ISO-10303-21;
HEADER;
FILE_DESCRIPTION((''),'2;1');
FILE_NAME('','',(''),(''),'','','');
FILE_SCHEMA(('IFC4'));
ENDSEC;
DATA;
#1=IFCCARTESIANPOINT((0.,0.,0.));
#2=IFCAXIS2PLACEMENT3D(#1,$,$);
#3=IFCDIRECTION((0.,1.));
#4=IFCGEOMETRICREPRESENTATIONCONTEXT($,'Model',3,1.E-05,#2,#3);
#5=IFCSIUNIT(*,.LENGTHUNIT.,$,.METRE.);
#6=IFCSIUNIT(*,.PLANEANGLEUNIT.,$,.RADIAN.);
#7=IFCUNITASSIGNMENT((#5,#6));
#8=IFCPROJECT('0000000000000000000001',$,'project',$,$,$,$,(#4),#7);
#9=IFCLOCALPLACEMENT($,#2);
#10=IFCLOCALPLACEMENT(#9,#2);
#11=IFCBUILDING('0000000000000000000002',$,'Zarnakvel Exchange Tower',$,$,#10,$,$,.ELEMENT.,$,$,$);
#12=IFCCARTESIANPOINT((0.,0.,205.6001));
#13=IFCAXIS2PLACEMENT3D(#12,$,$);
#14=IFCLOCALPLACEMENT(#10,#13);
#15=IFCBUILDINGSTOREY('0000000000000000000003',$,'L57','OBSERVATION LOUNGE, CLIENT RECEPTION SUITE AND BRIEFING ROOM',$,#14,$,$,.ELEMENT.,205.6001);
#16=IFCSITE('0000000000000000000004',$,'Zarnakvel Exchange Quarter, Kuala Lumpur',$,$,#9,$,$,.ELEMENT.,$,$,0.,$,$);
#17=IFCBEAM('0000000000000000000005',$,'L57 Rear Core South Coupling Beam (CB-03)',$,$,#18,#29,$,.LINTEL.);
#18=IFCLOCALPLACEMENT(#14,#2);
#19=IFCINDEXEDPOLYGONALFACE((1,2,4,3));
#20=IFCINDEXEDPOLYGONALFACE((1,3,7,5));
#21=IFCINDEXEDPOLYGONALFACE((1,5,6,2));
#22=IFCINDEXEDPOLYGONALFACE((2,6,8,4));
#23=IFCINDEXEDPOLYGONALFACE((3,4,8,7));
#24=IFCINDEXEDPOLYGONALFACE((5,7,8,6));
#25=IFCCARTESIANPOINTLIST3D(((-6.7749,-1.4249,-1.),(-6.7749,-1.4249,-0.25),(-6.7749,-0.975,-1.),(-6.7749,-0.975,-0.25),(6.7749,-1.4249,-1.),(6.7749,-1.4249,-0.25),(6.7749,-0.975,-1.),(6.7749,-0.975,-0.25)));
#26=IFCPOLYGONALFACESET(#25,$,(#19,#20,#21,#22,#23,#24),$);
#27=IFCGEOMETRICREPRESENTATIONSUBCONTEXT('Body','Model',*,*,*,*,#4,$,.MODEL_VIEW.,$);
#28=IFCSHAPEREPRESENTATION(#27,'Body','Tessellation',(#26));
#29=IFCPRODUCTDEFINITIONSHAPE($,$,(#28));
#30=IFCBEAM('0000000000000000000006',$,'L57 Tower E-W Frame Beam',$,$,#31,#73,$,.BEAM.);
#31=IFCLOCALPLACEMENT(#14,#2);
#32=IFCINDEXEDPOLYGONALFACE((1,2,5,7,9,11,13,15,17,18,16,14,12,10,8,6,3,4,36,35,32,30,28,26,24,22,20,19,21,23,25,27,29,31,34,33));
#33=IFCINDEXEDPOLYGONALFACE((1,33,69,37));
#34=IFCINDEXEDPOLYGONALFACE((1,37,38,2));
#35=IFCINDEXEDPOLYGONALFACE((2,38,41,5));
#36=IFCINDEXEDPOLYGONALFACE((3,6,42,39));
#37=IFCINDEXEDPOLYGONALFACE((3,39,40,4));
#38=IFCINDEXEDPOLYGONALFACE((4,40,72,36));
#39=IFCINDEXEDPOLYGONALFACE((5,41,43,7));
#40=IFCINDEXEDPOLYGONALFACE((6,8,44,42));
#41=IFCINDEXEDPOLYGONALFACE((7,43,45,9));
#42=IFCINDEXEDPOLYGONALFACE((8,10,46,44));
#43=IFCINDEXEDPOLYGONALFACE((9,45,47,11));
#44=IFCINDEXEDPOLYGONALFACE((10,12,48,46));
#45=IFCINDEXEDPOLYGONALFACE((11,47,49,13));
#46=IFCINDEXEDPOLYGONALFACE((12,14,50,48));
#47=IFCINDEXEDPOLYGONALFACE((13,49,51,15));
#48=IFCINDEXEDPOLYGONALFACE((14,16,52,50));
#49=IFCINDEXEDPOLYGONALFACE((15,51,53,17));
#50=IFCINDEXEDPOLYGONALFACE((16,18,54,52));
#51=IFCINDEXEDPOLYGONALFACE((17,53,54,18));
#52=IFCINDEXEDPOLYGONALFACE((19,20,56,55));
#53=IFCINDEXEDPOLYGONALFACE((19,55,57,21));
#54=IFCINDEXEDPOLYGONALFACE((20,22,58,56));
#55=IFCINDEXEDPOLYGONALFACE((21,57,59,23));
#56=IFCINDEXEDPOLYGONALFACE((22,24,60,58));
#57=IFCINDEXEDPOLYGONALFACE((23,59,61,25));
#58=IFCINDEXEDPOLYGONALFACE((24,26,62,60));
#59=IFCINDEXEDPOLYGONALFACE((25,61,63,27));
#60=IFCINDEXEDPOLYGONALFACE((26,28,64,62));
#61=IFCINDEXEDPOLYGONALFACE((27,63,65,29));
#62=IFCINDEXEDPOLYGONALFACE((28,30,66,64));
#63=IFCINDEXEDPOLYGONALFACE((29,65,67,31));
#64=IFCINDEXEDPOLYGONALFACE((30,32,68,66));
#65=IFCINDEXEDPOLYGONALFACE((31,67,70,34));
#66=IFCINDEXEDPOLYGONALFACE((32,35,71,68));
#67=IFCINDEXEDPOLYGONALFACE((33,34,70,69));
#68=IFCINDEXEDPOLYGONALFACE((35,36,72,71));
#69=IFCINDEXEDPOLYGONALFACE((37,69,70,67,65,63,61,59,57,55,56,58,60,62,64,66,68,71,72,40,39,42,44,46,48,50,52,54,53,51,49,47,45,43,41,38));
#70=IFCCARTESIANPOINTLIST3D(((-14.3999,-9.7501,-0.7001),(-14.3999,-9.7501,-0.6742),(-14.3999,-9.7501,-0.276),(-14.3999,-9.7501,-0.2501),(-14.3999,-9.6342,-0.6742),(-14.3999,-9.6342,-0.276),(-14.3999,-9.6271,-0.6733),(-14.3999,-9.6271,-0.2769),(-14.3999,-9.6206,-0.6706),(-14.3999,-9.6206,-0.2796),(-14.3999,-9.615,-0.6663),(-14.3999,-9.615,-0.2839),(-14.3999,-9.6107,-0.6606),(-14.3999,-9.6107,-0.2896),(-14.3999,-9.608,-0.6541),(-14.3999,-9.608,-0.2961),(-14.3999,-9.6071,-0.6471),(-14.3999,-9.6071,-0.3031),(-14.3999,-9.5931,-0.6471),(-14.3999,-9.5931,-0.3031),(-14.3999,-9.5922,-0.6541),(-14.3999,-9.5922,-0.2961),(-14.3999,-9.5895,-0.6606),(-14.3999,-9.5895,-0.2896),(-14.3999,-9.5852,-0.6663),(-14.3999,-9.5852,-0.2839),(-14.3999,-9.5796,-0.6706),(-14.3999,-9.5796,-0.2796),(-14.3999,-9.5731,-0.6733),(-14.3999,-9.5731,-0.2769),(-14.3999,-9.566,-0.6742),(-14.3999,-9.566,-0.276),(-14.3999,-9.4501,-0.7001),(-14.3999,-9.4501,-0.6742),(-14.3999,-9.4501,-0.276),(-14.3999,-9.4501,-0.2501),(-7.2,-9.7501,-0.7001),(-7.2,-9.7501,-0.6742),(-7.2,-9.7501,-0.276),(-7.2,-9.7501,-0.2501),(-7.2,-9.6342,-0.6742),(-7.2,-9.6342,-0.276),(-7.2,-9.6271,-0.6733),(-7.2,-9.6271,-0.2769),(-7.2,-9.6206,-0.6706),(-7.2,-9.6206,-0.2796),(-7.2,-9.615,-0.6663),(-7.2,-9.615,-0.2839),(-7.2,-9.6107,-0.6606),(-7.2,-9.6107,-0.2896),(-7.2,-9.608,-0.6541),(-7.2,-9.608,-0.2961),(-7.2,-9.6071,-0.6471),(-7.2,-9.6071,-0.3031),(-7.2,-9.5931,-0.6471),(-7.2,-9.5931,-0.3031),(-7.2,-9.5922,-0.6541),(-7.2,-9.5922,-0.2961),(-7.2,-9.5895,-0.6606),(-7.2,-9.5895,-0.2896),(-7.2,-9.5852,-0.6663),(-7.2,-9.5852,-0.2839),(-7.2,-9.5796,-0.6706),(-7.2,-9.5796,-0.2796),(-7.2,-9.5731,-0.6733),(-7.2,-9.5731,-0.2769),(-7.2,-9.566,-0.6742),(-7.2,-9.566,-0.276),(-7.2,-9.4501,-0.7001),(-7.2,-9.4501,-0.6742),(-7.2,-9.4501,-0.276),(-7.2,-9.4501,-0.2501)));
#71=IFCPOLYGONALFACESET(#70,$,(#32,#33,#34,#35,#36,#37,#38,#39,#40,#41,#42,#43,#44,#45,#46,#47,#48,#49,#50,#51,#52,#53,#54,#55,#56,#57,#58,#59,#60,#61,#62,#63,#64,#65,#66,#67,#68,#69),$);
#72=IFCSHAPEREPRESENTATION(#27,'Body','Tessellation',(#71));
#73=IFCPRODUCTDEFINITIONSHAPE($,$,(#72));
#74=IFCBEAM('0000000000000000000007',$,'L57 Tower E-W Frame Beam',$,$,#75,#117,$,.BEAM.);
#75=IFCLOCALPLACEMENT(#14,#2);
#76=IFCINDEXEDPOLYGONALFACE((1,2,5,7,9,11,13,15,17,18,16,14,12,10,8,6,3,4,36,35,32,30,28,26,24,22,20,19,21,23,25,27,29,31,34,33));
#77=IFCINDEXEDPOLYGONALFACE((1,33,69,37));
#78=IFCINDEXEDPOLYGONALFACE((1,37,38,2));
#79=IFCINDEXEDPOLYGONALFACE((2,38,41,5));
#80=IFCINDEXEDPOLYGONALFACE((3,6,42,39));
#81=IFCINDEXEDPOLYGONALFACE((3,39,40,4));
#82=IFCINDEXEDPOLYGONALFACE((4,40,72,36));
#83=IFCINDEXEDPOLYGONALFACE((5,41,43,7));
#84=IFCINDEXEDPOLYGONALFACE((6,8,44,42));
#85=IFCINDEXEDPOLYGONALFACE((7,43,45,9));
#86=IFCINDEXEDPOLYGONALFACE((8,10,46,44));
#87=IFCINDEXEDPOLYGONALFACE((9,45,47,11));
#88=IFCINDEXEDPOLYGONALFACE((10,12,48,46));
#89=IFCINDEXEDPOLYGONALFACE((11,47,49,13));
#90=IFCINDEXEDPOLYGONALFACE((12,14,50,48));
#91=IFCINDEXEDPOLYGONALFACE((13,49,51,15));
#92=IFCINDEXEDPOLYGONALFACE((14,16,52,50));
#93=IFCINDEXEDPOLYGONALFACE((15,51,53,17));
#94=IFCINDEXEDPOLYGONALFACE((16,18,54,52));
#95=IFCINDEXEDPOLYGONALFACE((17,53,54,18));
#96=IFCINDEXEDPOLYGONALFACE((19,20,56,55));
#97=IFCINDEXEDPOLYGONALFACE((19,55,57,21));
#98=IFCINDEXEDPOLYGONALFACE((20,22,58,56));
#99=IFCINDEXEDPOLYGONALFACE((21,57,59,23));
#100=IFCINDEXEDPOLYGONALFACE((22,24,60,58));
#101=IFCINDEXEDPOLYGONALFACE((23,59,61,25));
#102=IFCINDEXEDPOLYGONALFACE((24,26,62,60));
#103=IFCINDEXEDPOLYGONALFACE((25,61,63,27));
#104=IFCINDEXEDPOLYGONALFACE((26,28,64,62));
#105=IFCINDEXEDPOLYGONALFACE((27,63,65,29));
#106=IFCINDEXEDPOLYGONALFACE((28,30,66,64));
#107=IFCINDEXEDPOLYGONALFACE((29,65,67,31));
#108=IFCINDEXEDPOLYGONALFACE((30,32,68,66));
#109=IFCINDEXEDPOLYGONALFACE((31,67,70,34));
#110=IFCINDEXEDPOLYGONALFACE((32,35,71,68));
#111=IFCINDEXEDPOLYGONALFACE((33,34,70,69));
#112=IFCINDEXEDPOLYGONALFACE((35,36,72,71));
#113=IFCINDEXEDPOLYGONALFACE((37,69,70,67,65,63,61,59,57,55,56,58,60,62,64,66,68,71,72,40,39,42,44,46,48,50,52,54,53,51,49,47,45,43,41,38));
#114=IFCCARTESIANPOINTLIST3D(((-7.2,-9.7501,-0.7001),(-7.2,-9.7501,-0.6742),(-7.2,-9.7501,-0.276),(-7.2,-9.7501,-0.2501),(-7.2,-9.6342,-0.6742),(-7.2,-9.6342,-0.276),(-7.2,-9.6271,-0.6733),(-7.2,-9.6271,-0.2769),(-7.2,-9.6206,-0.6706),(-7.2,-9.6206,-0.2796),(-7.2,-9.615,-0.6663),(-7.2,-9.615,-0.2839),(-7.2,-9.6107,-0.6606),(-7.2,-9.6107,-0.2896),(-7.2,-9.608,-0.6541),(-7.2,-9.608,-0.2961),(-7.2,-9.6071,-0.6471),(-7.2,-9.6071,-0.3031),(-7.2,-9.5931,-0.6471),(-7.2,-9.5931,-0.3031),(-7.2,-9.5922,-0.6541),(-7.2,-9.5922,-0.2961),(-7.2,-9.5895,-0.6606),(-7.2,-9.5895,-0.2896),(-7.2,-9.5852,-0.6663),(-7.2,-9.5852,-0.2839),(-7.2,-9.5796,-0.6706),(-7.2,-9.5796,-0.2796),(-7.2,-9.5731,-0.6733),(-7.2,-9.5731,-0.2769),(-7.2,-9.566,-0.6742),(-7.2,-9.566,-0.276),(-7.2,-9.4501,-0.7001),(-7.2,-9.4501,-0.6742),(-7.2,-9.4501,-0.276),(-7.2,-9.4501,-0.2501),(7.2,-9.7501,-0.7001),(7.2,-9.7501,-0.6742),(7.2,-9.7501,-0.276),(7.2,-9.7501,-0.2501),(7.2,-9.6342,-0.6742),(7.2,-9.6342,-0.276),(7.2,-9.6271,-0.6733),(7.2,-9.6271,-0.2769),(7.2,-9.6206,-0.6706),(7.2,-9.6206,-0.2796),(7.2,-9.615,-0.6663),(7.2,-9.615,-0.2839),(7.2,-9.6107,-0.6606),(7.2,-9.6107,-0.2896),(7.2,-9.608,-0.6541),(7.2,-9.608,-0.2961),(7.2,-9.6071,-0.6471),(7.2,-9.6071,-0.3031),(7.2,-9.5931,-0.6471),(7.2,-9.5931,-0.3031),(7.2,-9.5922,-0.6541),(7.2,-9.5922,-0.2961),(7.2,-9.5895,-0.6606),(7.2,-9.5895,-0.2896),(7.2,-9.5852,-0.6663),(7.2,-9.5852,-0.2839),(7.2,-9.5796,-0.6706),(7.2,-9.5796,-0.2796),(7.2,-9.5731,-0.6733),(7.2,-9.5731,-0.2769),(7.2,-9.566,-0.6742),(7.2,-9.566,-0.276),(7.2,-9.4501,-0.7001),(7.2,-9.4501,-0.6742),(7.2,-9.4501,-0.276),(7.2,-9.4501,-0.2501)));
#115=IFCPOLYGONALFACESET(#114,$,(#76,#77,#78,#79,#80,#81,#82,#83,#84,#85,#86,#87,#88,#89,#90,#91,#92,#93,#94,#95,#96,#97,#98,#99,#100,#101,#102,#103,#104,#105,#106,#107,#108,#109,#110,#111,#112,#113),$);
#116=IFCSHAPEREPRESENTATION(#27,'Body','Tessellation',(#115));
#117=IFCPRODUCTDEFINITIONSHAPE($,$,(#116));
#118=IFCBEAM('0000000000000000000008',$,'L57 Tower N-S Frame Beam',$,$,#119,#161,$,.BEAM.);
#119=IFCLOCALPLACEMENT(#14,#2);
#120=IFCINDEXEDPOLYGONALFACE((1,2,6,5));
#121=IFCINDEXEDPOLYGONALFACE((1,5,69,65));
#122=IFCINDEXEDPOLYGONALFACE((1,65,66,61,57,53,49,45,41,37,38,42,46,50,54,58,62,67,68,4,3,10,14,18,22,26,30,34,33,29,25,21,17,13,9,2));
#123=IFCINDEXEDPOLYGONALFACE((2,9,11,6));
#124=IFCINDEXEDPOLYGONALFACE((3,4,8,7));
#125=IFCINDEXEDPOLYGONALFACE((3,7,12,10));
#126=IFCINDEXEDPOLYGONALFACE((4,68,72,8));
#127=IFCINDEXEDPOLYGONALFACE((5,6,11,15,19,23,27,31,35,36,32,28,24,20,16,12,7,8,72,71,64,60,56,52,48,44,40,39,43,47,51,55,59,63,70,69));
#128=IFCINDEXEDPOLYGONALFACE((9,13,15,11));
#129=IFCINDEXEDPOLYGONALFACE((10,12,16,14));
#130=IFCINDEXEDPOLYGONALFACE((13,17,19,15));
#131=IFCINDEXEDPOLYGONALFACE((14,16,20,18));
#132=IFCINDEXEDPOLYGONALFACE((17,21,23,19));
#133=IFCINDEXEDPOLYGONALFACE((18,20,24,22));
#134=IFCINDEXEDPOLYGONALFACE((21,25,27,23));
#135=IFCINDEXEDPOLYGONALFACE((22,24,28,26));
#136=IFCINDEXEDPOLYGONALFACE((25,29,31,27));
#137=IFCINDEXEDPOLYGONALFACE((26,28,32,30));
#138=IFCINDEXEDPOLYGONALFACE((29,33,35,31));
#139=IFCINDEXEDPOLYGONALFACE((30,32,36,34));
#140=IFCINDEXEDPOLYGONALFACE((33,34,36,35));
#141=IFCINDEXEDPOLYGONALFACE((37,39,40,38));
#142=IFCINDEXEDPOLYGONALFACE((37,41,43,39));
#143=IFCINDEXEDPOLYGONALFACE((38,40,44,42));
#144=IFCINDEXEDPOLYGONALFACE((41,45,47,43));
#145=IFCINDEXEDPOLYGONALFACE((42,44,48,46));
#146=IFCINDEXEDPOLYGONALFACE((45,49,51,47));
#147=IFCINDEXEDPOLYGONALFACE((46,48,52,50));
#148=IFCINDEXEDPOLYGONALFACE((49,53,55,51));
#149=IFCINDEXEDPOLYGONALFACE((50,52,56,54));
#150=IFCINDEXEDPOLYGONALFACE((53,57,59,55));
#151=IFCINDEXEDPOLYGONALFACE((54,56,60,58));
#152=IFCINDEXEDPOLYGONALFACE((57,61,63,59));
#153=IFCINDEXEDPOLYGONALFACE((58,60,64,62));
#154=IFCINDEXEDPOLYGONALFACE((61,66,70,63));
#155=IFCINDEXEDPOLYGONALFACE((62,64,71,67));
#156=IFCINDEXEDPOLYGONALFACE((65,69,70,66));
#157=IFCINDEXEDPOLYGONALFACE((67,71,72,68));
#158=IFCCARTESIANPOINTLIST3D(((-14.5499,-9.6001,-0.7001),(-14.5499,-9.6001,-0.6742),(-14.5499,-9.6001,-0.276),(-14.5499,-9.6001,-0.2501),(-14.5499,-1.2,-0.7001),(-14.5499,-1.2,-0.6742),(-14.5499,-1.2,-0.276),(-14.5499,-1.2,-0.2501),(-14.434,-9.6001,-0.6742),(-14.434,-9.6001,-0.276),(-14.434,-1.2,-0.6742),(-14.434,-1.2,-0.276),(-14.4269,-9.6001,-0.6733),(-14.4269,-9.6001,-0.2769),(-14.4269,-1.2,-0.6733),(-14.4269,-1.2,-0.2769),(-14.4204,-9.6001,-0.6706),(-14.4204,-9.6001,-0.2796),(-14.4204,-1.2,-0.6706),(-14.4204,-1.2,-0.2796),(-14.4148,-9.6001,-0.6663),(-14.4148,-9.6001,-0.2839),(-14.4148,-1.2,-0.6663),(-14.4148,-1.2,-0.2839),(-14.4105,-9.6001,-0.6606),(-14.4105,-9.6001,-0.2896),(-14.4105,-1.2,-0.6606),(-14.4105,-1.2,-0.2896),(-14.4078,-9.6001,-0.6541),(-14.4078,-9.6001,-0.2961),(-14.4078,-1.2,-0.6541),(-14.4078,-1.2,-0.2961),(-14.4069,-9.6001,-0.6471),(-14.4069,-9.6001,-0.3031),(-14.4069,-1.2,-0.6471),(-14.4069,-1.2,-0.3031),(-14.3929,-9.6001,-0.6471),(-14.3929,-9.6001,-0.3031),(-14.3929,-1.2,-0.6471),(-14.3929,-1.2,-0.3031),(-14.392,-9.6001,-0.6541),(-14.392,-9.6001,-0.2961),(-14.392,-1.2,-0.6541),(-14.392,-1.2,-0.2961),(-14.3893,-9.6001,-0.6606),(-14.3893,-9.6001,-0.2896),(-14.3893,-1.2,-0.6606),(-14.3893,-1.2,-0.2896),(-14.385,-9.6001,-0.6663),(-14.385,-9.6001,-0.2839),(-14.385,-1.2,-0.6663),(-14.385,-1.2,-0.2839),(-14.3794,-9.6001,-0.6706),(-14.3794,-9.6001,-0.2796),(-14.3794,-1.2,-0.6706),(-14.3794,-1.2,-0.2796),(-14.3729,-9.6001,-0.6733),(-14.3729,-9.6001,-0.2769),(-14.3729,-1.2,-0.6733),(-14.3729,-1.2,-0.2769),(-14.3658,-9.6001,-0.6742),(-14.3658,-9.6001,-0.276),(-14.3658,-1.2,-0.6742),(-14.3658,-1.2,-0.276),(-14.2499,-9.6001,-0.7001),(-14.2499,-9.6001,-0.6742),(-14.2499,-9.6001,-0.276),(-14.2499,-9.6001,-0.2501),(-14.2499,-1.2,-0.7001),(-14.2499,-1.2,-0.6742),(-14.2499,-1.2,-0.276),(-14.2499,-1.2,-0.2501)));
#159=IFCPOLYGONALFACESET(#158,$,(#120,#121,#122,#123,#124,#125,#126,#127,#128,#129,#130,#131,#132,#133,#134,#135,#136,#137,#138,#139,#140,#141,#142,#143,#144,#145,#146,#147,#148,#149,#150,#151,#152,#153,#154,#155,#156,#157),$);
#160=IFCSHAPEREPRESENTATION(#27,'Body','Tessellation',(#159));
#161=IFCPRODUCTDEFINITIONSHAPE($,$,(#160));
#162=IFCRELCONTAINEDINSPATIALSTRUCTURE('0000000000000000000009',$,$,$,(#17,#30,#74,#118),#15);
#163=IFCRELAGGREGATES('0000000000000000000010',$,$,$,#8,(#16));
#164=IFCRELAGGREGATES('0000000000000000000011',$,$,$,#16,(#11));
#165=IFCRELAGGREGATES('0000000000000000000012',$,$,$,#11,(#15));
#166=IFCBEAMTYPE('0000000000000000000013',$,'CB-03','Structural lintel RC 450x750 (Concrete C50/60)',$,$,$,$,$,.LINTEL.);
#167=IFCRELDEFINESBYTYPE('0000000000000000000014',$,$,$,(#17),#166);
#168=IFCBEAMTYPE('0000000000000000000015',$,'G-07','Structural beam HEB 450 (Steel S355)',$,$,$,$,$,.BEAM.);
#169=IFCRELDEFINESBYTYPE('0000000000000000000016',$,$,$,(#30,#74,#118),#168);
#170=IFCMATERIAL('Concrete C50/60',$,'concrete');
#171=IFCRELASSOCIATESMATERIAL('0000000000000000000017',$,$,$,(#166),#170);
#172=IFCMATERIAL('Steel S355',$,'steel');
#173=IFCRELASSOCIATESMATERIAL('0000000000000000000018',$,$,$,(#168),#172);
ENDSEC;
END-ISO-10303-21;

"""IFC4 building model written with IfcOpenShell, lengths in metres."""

from ifc_helpers import new_model, si_unit, direction, frame, origin, origin_2d, place, context, subcontext, project, spatial, rectangle, i_section, extrude, material, material_profile, profile_set, type_object, element, save


model = new_model("IFC4")

# Units and contexts
model_context = context("Model", 3, precision=1e-05, world=origin(), true_north=direction((0.0, 1.0)))
body_context = subcontext(model_context, "Body", "Model", "MODEL_VIEW")
ifc_project = project(units=[si_unit("LENGTHUNIT", "METRE"), si_unit("PLANEANGLEUNIT", "RADIAN")], contexts=[model_context])

# Site, building, storey
site_placement = place(None, origin())
site = spatial("IfcSite", under=ifc_project, at=site_placement, Name="Zarnakvel Exchange Quarter, Kuala Lumpur", CompositionType="ELEMENT", RefElevation=0.0)
building_placement = place(site_placement, origin())
building = spatial("IfcBuilding", under=site, at=building_placement, Name="Zarnakvel Exchange Tower", CompositionType="ELEMENT")
storey_placement = place(building_placement, frame((0.0, 0.0, 205.6001)))
storey = spatial("IfcBuildingStorey", under=building, at=storey_placement, Name="L57", Description="OBSERVATION LOUNGE, CLIENT RECEPTION SUITE AND BRIEFING ROOM", CompositionType="ELEMENT", Elevation=205.6001)

# Shared definitions
ifc_material_1 = material(Name="Concrete C50/60", Category="concrete")

# Beams
ifc_material_2 = material(Name="Steel S355", Category="steel")
ifc_material_profile_1 = material_profile(ifc_material_1, rectangle(XDim=0.45, YDim=0.75, at=origin_2d()))
ifc_profile_set_1 = profile_set([ifc_material_profile_1], Name="Concrete C50/60")
beam_type_1 = type_object("IfcBeamType", Name="CB-03", Description="Structural lintel RC 450x750 (Concrete C50/60)", PredefinedType="LINTEL", material=ifc_profile_set_1)
beam_1_placement = place(storey_placement, frame((-6.7749, -1.2, -0.625), z_axis=(1.0, 0.0, 0.0), x_axis=(0.0, 1.0, 0.0)))
element("IfcBeam", 1, at=beam_1_placement, inside=storey, type_object=beam_type_1, Name="L57 Rear Core South Coupling Beam (CB-03)", PredefinedType="LINTEL", context=body_context, shape_type="SweptSolid", body=[
    extrude(rectangle(XDim=0.45, YDim=0.75, at=origin_2d()), origin(), (0.0, 0.0, 1.0), 13.5498),
])
ifc_material_profile_2 = material_profile(ifc_material_2, i_section(OverallWidth=0.3, OverallDepth=0.45, WebThickness=0.0139, FlangeThickness=0.0259, FilletRadius=0.0271, at=origin_2d()))
ifc_profile_set_2 = profile_set([ifc_material_profile_2], Name="Steel S355")
beam_type_2 = type_object("IfcBeamType", Name="G-07", Description="Structural beam HEB 450 (Steel S355)", PredefinedType="BEAM", material=ifc_profile_set_2)
beam_2_placement = place(storey_placement, frame((-14.3999, -9.6001, -0.4751), z_axis=(1.0, 0.0, 0.0), x_axis=(0.0, 1.0, 0.0)))
element("IfcBeam", 2, at=beam_2_placement, inside=storey, type_object=beam_type_2, Name="L57 Tower E-W Frame Beam", PredefinedType="BEAM", context=body_context, shape_type="SweptSolid", body=[
    extrude(i_section(OverallWidth=0.3, OverallDepth=0.45, WebThickness=0.0139, FlangeThickness=0.0259, FilletRadius=0.0271, at=origin_2d()), origin(), (0.0, 0.0, 1.0), 7.2),
])
beam_3_placement = place(storey_placement, frame((-7.2, -9.6001, -0.4751), z_axis=(1.0, 0.0, 0.0), x_axis=(0.0, 1.0, 0.0)))
element("IfcBeam", 3, at=beam_3_placement, inside=storey, type_object=beam_type_2, Name="L57 Tower E-W Frame Beam", PredefinedType="BEAM", context=body_context, shape_type="SweptSolid", body=[
    extrude(i_section(OverallWidth=0.3, OverallDepth=0.45, WebThickness=0.0139, FlangeThickness=0.0259, FilletRadius=0.0271, at=origin_2d()), origin(), (0.0, 0.0, 1.0), 14.3999),
])
for number, where, z_axis, x_axis, name in (
    (4, (-14.3999, -9.6001, -0.4751), (0.0, 1.0, 0.0), (-1.0, 0.0, 0.0), "L57 Tower N-S Frame Beam"),
):
    element("IfcBeam", number, at=place(storey_placement, frame(where, z_axis=z_axis, x_axis=x_axis)), inside=storey, type_object=beam_type_2, Name=name, PredefinedType="BEAM", context=body_context, shape_type="SweptSolid", body=[
        extrude(i_section(OverallWidth=0.3, OverallDepth=0.45, WebThickness=0.0139, FlangeThickness=0.0259, FilletRadius=0.0271, at=origin_2d()), origin(), (0.0, 0.0, 1.0), 8.4001),
    ])

save(model, "model.ifc")
